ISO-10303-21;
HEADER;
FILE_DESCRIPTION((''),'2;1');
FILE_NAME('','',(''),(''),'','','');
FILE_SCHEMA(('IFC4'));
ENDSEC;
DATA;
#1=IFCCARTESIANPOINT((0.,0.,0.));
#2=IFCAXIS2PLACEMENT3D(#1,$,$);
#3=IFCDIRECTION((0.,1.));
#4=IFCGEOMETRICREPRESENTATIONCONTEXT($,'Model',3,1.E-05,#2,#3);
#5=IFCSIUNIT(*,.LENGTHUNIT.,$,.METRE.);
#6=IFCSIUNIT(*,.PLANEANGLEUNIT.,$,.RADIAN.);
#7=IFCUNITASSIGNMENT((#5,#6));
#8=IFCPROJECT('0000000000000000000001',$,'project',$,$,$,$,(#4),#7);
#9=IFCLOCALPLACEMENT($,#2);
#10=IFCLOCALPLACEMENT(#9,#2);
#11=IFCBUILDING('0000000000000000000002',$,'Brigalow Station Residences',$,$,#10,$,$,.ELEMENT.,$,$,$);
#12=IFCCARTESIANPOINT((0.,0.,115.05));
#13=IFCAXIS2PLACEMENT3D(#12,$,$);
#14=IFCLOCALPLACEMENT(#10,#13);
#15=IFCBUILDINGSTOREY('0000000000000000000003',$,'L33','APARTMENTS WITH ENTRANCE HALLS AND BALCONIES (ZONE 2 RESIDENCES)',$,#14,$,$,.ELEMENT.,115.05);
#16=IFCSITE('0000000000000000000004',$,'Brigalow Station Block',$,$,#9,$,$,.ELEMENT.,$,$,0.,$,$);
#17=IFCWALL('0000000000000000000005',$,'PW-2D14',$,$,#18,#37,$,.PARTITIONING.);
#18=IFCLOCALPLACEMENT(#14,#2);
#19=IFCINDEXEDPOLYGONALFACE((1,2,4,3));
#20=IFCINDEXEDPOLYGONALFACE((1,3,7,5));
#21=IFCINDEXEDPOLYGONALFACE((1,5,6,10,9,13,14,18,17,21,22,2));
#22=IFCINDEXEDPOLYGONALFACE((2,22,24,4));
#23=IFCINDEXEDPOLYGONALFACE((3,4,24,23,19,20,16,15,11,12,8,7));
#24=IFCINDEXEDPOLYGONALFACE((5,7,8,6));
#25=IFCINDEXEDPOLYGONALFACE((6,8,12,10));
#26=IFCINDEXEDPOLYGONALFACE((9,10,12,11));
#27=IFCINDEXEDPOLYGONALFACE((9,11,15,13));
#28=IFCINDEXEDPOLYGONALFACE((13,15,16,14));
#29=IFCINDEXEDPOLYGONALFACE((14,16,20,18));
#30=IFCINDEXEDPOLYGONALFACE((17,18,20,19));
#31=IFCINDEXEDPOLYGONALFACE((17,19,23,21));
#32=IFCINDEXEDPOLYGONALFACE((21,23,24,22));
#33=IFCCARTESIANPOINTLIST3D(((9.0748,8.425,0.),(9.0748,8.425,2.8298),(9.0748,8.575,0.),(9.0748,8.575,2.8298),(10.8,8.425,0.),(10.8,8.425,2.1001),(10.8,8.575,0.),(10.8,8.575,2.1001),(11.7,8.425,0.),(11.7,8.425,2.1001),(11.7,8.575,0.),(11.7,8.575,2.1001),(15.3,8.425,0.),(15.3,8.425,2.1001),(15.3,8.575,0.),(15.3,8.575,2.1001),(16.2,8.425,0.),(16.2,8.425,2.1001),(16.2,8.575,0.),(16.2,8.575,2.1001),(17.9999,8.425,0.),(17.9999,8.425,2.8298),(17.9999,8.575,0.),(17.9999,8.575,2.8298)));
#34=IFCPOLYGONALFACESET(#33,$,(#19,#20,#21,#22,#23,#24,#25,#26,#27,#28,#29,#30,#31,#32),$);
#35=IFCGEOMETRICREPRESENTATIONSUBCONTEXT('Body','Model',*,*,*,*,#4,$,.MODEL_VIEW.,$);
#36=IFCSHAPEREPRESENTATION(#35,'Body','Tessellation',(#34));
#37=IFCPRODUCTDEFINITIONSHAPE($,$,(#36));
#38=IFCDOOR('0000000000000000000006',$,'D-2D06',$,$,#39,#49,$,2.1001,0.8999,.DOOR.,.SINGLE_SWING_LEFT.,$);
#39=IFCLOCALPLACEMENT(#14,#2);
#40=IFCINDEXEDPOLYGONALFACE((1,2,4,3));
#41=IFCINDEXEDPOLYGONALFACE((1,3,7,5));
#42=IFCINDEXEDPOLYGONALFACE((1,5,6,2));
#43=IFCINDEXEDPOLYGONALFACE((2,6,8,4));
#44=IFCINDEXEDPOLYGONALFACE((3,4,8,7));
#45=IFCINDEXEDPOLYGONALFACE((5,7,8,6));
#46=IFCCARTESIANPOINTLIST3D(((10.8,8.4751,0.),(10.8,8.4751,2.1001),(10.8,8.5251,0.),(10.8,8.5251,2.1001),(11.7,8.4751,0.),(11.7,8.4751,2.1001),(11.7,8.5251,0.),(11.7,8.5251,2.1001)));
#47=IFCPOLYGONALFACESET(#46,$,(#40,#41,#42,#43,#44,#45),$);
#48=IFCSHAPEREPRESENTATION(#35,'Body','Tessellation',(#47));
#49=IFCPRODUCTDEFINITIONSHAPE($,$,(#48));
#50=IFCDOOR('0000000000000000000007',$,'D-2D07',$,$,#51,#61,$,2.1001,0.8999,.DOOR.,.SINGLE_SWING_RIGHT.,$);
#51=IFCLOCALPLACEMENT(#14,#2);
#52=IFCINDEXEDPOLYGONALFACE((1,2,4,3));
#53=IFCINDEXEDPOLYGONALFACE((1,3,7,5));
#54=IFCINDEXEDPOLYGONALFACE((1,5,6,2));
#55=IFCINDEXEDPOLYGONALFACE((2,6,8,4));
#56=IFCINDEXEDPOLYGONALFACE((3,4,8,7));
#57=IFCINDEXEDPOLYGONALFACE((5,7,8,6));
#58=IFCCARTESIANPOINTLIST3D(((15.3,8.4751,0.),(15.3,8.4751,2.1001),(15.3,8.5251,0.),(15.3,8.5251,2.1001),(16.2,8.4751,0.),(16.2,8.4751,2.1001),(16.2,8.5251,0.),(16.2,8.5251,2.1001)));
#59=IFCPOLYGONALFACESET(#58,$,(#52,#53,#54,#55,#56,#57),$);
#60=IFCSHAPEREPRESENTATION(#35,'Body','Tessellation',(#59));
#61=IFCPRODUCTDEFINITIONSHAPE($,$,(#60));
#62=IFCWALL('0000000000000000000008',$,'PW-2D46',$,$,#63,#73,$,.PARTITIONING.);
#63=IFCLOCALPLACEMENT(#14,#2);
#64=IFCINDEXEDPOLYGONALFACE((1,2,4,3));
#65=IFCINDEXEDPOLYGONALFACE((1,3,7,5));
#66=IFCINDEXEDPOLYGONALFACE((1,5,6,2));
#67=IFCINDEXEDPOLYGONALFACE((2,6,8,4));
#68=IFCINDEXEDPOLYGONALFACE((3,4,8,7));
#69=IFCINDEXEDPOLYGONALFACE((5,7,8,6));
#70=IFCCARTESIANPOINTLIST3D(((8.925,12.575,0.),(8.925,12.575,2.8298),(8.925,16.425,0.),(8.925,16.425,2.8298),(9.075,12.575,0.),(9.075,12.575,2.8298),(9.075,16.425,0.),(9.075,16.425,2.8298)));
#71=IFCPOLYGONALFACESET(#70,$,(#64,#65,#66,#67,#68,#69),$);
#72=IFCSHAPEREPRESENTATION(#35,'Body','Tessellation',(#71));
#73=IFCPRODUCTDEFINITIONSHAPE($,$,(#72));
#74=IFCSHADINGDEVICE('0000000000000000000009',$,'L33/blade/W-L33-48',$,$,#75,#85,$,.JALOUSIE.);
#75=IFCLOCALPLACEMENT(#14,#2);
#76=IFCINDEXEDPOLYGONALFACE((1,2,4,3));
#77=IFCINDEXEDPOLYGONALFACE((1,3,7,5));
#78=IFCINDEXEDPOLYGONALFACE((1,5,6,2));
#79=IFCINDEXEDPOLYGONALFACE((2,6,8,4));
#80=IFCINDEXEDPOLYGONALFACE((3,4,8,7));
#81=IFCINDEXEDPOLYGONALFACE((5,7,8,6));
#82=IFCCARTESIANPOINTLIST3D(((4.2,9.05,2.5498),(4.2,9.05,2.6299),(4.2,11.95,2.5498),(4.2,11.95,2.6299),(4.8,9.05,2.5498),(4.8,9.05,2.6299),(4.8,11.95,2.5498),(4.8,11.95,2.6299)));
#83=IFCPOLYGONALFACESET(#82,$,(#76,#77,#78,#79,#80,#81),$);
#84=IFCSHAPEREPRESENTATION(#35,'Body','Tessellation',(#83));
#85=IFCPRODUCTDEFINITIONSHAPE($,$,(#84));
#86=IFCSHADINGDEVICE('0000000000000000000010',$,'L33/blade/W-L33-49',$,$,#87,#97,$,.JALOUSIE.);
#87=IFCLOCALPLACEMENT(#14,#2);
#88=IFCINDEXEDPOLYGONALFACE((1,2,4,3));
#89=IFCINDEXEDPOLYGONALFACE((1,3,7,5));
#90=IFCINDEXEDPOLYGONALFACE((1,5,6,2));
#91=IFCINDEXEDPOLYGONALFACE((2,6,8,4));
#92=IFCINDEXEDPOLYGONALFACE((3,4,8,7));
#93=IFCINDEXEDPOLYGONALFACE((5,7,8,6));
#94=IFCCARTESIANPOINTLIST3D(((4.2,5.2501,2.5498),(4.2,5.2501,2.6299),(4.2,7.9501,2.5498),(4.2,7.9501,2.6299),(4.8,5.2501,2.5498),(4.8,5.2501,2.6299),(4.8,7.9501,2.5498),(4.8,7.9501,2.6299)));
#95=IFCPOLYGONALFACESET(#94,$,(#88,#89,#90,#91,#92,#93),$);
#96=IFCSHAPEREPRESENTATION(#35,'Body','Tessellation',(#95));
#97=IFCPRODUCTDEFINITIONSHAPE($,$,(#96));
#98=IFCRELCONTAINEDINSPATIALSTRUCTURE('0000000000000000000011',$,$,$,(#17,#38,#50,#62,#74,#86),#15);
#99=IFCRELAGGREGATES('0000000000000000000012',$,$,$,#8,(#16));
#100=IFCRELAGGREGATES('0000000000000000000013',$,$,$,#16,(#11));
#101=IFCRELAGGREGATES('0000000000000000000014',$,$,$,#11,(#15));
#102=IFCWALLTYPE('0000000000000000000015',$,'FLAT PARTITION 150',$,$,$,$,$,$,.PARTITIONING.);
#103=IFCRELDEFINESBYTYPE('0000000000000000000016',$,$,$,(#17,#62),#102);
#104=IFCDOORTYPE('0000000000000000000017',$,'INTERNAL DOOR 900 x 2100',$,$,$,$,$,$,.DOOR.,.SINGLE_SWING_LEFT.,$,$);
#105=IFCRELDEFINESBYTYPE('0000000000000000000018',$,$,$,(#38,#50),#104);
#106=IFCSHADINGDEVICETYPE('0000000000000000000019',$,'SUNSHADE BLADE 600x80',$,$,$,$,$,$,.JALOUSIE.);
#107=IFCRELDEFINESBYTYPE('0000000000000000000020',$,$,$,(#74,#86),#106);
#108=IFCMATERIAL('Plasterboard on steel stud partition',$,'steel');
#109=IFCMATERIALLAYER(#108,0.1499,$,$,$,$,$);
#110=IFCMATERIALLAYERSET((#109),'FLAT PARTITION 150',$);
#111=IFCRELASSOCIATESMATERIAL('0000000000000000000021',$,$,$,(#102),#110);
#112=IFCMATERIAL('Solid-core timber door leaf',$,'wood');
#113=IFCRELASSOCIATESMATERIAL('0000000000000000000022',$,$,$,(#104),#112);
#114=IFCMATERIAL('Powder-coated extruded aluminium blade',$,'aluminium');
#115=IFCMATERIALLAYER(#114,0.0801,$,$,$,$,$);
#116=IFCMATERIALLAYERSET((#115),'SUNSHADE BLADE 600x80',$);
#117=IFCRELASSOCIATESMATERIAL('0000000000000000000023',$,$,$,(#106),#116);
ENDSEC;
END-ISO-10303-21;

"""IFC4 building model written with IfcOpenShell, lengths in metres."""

from ifc_helpers import new_model, si_unit, direction, frame, frame_2d, origin, origin_2d, place, context, subcontext, project, spatial, rectangle, extrude, material, layer, layer_set, type_object, element, fill, save


model = new_model("IFC4")

# Units and contexts
model_context = context("Model", 3, precision=1e-05, world=origin(), true_north=direction((0.0, 1.0)))
body_context = subcontext(model_context, "Body", "Model", "MODEL_VIEW")
ifc_project = project(units=[si_unit("LENGTHUNIT", "METRE"), si_unit("PLANEANGLEUNIT", "RADIAN")], contexts=[model_context])

# Site, building, storey
site_placement = place(None, origin())
site = spatial("IfcSite", under=ifc_project, at=site_placement, Name="Brigalow Station Block", CompositionType="ELEMENT", RefElevation=0.0)
building_placement = place(site_placement, origin())
building = spatial("IfcBuilding", under=site, at=building_placement, Name="Brigalow Station Residences", CompositionType="ELEMENT")
storey_placement = place(building_placement, frame((0.0, 0.0, 115.05)))
storey = spatial("IfcBuildingStorey", under=building, at=storey_placement, Name="L33", Description="APARTMENTS WITH ENTRANCE HALLS AND BALCONIES (ZONE 2 RESIDENCES)", CompositionType="ELEMENT", Elevation=115.05)

# Shared definitions
ifc_material_1 = material(Name="Plasterboard on steel stud partition", Category="steel")
ifc_layer_1 = layer(ifc_material_1, 0.1499)
ifc_layer_set_1 = layer_set([ifc_layer_1], Name="FLAT PARTITION 150")
wall_type_1 = type_object("IfcWallType", Name="FLAT PARTITION 150", PredefinedType="PARTITIONING", material=ifc_layer_set_1)
ifc_material_2 = material(Name="Solid-core timber door leaf", Category="wood")
door_type = type_object("IfcDoorType", Name="INTERNAL DOOR 900 x 2100", OperationType="SINGLE_SWING_LEFT", PredefinedType="DOOR", material=ifc_material_2)

# Wall, openings, doors
wall_1_placement = place(storey_placement, frame((9.075, 8.5, 0.0), z_axis=(0.0, 0.0, 1.0), x_axis=(1.0, 0.0, 0.0)))
wall_1 = element("IfcWall", 1, at=wall_1_placement, inside=storey, type_object=wall_type_1, Name="PW-2D14", PredefinedType="PARTITIONING", context=body_context, shape_type="SweptSolid", body=[
    extrude(rectangle(XDim=8.925, YDim=0.1499, at=frame_2d((4.4624, 0.0))), origin(), (0.0, 0.0, 1.0), 2.8298),
])
opening_1_placement = place(wall_1_placement, frame((1.7251, 0.0, 0.0)))
opening_1 = element("IfcOpeningElement", 2, at=opening_1_placement, cuts=wall_1, PredefinedType="OPENING", context=body_context, shape_type="SweptSolid", body=[
    extrude(rectangle(XDim=0.8999, YDim=2.1001, at=frame_2d((0.45, 1.05))), frame((0.0, 0.085, 0.0), z_axis=(0.0, -1.0, 0.0), x_axis=(1.0, 0.0, 0.0)), (0.0, 0.0, 1.0), 0.1699),
])
opening_2_placement = place(wall_1_placement, frame((6.2251, 0.0, 0.0)))
opening_2 = element("IfcOpeningElement", 3, at=opening_2_placement, cuts=wall_1, PredefinedType="OPENING", context=body_context, shape_type="SweptSolid", body=[
    extrude(rectangle(XDim=0.8999, YDim=2.1001, at=frame_2d((0.45, 1.05))), frame((0.0, 0.085, 0.0), z_axis=(0.0, -1.0, 0.0), x_axis=(1.0, 0.0, 0.0)), (0.0, 0.0, 1.0), 0.1699),
])
door_1_placement = place(opening_1_placement, frame((0.8999, 0.0, 0.0), z_axis=(0.0, 0.0, 1.0), x_axis=(-1.0, 0.0, 0.0)))
door_1 = element("IfcDoor", 4, at=door_1_placement, inside=storey, type_object=door_type, Name="D-2D06", OperationType="SINGLE_SWING_LEFT", OverallHeight=2.1001, OverallWidth=0.8999, PredefinedType="DOOR", context=body_context, shape_type="SweptSolid", body=[
    extrude(rectangle(XDim=0.8999, YDim=2.1001, at=frame_2d((0.45, 1.05))), frame((0.0, 0.0249, 0.0), z_axis=(0.0, -1.0, 0.0), x_axis=(1.0, 0.0, 0.0)), (0.0, 0.0, 1.0), 0.05),
])
fill(opening_1, door_1)
door_2_placement = place(opening_2_placement, frame((0.8999, 0.0, 0.0), z_axis=(0.0, 0.0, 1.0), x_axis=(-1.0, 0.0, 0.0)))
door_2 = element("IfcDoor", 5, at=door_2_placement, inside=storey, type_object=door_type, Name="D-2D07", OperationType="SINGLE_SWING_RIGHT", OverallHeight=2.1001, OverallWidth=0.8999, PredefinedType="DOOR", context=body_context, shape_type="SweptSolid", body=[
    extrude(rectangle(XDim=0.8999, YDim=2.1001, at=frame_2d((0.45, 1.05))), frame((0.0, 0.0249, 0.0), z_axis=(0.0, -1.0, 0.0), x_axis=(1.0, 0.0, 0.0)), (0.0, 0.0, 1.0), 0.05),
])
fill(opening_2, door_2)

# Wall
wall_2_placement = place(storey_placement, frame((9.0, 12.575, 0.0), z_axis=(0.0, 0.0, 1.0), x_axis=(0.0, 1.0, 0.0)))
element("IfcWall", 6, at=wall_2_placement, inside=storey, type_object=wall_type_1, Name="PW-2D46", PredefinedType="PARTITIONING", context=body_context, shape_type="SweptSolid", body=[
    extrude(rectangle(XDim=3.8501, YDim=0.1499, at=frame_2d((1.925, 0.0))), origin(), (0.0, 0.0, 1.0), 2.8298),
])

# Shading devices
ifc_material_3 = material(Name="Powder-coated extruded aluminium blade", Category="aluminium")
ifc_layer_2 = layer(ifc_material_3, 0.0801)
ifc_layer_set_2 = layer_set([ifc_layer_2], Name="SUNSHADE BLADE 600x80")
shading_device_type = type_object("IfcShadingDeviceType", Name="SUNSHADE BLADE 600x80", PredefinedType="JALOUSIE", material=ifc_layer_set_2)
shading_device_1_placement = place(storey_placement, frame((4.5, 10.5, 2.5498), z_axis=(0.0, 0.0, 1.0), x_axis=(0.0, -1.0, 0.0)))
element("IfcShadingDevice", 7, at=shading_device_1_placement, inside=storey, type_object=shading_device_type, Name="L33/blade/W-L33-48", PredefinedType="JALOUSIE", context=body_context, shape_type="SweptSolid", body=[
    extrude(rectangle(XDim=2.8999, YDim=0.6001, at=origin_2d()), origin(), (0.0, 0.0, 1.0), 0.0801),
])
shading_device_2_placement = place(storey_placement, frame((4.5, 6.6001, 2.5498), z_axis=(0.0, 0.0, 1.0), x_axis=(0.0, -1.0, 0.0)))
element("IfcShadingDevice", 8, at=shading_device_2_placement, inside=storey, type_object=shading_device_type, Name="L33/blade/W-L33-49", PredefinedType="JALOUSIE", context=body_context, shape_type="SweptSolid", body=[
    extrude(rectangle(XDim=2.7, YDim=0.6001, at=origin_2d()), origin(), (0.0, 0.0, 1.0), 0.0801),
])

save(model, "model.ifc")
